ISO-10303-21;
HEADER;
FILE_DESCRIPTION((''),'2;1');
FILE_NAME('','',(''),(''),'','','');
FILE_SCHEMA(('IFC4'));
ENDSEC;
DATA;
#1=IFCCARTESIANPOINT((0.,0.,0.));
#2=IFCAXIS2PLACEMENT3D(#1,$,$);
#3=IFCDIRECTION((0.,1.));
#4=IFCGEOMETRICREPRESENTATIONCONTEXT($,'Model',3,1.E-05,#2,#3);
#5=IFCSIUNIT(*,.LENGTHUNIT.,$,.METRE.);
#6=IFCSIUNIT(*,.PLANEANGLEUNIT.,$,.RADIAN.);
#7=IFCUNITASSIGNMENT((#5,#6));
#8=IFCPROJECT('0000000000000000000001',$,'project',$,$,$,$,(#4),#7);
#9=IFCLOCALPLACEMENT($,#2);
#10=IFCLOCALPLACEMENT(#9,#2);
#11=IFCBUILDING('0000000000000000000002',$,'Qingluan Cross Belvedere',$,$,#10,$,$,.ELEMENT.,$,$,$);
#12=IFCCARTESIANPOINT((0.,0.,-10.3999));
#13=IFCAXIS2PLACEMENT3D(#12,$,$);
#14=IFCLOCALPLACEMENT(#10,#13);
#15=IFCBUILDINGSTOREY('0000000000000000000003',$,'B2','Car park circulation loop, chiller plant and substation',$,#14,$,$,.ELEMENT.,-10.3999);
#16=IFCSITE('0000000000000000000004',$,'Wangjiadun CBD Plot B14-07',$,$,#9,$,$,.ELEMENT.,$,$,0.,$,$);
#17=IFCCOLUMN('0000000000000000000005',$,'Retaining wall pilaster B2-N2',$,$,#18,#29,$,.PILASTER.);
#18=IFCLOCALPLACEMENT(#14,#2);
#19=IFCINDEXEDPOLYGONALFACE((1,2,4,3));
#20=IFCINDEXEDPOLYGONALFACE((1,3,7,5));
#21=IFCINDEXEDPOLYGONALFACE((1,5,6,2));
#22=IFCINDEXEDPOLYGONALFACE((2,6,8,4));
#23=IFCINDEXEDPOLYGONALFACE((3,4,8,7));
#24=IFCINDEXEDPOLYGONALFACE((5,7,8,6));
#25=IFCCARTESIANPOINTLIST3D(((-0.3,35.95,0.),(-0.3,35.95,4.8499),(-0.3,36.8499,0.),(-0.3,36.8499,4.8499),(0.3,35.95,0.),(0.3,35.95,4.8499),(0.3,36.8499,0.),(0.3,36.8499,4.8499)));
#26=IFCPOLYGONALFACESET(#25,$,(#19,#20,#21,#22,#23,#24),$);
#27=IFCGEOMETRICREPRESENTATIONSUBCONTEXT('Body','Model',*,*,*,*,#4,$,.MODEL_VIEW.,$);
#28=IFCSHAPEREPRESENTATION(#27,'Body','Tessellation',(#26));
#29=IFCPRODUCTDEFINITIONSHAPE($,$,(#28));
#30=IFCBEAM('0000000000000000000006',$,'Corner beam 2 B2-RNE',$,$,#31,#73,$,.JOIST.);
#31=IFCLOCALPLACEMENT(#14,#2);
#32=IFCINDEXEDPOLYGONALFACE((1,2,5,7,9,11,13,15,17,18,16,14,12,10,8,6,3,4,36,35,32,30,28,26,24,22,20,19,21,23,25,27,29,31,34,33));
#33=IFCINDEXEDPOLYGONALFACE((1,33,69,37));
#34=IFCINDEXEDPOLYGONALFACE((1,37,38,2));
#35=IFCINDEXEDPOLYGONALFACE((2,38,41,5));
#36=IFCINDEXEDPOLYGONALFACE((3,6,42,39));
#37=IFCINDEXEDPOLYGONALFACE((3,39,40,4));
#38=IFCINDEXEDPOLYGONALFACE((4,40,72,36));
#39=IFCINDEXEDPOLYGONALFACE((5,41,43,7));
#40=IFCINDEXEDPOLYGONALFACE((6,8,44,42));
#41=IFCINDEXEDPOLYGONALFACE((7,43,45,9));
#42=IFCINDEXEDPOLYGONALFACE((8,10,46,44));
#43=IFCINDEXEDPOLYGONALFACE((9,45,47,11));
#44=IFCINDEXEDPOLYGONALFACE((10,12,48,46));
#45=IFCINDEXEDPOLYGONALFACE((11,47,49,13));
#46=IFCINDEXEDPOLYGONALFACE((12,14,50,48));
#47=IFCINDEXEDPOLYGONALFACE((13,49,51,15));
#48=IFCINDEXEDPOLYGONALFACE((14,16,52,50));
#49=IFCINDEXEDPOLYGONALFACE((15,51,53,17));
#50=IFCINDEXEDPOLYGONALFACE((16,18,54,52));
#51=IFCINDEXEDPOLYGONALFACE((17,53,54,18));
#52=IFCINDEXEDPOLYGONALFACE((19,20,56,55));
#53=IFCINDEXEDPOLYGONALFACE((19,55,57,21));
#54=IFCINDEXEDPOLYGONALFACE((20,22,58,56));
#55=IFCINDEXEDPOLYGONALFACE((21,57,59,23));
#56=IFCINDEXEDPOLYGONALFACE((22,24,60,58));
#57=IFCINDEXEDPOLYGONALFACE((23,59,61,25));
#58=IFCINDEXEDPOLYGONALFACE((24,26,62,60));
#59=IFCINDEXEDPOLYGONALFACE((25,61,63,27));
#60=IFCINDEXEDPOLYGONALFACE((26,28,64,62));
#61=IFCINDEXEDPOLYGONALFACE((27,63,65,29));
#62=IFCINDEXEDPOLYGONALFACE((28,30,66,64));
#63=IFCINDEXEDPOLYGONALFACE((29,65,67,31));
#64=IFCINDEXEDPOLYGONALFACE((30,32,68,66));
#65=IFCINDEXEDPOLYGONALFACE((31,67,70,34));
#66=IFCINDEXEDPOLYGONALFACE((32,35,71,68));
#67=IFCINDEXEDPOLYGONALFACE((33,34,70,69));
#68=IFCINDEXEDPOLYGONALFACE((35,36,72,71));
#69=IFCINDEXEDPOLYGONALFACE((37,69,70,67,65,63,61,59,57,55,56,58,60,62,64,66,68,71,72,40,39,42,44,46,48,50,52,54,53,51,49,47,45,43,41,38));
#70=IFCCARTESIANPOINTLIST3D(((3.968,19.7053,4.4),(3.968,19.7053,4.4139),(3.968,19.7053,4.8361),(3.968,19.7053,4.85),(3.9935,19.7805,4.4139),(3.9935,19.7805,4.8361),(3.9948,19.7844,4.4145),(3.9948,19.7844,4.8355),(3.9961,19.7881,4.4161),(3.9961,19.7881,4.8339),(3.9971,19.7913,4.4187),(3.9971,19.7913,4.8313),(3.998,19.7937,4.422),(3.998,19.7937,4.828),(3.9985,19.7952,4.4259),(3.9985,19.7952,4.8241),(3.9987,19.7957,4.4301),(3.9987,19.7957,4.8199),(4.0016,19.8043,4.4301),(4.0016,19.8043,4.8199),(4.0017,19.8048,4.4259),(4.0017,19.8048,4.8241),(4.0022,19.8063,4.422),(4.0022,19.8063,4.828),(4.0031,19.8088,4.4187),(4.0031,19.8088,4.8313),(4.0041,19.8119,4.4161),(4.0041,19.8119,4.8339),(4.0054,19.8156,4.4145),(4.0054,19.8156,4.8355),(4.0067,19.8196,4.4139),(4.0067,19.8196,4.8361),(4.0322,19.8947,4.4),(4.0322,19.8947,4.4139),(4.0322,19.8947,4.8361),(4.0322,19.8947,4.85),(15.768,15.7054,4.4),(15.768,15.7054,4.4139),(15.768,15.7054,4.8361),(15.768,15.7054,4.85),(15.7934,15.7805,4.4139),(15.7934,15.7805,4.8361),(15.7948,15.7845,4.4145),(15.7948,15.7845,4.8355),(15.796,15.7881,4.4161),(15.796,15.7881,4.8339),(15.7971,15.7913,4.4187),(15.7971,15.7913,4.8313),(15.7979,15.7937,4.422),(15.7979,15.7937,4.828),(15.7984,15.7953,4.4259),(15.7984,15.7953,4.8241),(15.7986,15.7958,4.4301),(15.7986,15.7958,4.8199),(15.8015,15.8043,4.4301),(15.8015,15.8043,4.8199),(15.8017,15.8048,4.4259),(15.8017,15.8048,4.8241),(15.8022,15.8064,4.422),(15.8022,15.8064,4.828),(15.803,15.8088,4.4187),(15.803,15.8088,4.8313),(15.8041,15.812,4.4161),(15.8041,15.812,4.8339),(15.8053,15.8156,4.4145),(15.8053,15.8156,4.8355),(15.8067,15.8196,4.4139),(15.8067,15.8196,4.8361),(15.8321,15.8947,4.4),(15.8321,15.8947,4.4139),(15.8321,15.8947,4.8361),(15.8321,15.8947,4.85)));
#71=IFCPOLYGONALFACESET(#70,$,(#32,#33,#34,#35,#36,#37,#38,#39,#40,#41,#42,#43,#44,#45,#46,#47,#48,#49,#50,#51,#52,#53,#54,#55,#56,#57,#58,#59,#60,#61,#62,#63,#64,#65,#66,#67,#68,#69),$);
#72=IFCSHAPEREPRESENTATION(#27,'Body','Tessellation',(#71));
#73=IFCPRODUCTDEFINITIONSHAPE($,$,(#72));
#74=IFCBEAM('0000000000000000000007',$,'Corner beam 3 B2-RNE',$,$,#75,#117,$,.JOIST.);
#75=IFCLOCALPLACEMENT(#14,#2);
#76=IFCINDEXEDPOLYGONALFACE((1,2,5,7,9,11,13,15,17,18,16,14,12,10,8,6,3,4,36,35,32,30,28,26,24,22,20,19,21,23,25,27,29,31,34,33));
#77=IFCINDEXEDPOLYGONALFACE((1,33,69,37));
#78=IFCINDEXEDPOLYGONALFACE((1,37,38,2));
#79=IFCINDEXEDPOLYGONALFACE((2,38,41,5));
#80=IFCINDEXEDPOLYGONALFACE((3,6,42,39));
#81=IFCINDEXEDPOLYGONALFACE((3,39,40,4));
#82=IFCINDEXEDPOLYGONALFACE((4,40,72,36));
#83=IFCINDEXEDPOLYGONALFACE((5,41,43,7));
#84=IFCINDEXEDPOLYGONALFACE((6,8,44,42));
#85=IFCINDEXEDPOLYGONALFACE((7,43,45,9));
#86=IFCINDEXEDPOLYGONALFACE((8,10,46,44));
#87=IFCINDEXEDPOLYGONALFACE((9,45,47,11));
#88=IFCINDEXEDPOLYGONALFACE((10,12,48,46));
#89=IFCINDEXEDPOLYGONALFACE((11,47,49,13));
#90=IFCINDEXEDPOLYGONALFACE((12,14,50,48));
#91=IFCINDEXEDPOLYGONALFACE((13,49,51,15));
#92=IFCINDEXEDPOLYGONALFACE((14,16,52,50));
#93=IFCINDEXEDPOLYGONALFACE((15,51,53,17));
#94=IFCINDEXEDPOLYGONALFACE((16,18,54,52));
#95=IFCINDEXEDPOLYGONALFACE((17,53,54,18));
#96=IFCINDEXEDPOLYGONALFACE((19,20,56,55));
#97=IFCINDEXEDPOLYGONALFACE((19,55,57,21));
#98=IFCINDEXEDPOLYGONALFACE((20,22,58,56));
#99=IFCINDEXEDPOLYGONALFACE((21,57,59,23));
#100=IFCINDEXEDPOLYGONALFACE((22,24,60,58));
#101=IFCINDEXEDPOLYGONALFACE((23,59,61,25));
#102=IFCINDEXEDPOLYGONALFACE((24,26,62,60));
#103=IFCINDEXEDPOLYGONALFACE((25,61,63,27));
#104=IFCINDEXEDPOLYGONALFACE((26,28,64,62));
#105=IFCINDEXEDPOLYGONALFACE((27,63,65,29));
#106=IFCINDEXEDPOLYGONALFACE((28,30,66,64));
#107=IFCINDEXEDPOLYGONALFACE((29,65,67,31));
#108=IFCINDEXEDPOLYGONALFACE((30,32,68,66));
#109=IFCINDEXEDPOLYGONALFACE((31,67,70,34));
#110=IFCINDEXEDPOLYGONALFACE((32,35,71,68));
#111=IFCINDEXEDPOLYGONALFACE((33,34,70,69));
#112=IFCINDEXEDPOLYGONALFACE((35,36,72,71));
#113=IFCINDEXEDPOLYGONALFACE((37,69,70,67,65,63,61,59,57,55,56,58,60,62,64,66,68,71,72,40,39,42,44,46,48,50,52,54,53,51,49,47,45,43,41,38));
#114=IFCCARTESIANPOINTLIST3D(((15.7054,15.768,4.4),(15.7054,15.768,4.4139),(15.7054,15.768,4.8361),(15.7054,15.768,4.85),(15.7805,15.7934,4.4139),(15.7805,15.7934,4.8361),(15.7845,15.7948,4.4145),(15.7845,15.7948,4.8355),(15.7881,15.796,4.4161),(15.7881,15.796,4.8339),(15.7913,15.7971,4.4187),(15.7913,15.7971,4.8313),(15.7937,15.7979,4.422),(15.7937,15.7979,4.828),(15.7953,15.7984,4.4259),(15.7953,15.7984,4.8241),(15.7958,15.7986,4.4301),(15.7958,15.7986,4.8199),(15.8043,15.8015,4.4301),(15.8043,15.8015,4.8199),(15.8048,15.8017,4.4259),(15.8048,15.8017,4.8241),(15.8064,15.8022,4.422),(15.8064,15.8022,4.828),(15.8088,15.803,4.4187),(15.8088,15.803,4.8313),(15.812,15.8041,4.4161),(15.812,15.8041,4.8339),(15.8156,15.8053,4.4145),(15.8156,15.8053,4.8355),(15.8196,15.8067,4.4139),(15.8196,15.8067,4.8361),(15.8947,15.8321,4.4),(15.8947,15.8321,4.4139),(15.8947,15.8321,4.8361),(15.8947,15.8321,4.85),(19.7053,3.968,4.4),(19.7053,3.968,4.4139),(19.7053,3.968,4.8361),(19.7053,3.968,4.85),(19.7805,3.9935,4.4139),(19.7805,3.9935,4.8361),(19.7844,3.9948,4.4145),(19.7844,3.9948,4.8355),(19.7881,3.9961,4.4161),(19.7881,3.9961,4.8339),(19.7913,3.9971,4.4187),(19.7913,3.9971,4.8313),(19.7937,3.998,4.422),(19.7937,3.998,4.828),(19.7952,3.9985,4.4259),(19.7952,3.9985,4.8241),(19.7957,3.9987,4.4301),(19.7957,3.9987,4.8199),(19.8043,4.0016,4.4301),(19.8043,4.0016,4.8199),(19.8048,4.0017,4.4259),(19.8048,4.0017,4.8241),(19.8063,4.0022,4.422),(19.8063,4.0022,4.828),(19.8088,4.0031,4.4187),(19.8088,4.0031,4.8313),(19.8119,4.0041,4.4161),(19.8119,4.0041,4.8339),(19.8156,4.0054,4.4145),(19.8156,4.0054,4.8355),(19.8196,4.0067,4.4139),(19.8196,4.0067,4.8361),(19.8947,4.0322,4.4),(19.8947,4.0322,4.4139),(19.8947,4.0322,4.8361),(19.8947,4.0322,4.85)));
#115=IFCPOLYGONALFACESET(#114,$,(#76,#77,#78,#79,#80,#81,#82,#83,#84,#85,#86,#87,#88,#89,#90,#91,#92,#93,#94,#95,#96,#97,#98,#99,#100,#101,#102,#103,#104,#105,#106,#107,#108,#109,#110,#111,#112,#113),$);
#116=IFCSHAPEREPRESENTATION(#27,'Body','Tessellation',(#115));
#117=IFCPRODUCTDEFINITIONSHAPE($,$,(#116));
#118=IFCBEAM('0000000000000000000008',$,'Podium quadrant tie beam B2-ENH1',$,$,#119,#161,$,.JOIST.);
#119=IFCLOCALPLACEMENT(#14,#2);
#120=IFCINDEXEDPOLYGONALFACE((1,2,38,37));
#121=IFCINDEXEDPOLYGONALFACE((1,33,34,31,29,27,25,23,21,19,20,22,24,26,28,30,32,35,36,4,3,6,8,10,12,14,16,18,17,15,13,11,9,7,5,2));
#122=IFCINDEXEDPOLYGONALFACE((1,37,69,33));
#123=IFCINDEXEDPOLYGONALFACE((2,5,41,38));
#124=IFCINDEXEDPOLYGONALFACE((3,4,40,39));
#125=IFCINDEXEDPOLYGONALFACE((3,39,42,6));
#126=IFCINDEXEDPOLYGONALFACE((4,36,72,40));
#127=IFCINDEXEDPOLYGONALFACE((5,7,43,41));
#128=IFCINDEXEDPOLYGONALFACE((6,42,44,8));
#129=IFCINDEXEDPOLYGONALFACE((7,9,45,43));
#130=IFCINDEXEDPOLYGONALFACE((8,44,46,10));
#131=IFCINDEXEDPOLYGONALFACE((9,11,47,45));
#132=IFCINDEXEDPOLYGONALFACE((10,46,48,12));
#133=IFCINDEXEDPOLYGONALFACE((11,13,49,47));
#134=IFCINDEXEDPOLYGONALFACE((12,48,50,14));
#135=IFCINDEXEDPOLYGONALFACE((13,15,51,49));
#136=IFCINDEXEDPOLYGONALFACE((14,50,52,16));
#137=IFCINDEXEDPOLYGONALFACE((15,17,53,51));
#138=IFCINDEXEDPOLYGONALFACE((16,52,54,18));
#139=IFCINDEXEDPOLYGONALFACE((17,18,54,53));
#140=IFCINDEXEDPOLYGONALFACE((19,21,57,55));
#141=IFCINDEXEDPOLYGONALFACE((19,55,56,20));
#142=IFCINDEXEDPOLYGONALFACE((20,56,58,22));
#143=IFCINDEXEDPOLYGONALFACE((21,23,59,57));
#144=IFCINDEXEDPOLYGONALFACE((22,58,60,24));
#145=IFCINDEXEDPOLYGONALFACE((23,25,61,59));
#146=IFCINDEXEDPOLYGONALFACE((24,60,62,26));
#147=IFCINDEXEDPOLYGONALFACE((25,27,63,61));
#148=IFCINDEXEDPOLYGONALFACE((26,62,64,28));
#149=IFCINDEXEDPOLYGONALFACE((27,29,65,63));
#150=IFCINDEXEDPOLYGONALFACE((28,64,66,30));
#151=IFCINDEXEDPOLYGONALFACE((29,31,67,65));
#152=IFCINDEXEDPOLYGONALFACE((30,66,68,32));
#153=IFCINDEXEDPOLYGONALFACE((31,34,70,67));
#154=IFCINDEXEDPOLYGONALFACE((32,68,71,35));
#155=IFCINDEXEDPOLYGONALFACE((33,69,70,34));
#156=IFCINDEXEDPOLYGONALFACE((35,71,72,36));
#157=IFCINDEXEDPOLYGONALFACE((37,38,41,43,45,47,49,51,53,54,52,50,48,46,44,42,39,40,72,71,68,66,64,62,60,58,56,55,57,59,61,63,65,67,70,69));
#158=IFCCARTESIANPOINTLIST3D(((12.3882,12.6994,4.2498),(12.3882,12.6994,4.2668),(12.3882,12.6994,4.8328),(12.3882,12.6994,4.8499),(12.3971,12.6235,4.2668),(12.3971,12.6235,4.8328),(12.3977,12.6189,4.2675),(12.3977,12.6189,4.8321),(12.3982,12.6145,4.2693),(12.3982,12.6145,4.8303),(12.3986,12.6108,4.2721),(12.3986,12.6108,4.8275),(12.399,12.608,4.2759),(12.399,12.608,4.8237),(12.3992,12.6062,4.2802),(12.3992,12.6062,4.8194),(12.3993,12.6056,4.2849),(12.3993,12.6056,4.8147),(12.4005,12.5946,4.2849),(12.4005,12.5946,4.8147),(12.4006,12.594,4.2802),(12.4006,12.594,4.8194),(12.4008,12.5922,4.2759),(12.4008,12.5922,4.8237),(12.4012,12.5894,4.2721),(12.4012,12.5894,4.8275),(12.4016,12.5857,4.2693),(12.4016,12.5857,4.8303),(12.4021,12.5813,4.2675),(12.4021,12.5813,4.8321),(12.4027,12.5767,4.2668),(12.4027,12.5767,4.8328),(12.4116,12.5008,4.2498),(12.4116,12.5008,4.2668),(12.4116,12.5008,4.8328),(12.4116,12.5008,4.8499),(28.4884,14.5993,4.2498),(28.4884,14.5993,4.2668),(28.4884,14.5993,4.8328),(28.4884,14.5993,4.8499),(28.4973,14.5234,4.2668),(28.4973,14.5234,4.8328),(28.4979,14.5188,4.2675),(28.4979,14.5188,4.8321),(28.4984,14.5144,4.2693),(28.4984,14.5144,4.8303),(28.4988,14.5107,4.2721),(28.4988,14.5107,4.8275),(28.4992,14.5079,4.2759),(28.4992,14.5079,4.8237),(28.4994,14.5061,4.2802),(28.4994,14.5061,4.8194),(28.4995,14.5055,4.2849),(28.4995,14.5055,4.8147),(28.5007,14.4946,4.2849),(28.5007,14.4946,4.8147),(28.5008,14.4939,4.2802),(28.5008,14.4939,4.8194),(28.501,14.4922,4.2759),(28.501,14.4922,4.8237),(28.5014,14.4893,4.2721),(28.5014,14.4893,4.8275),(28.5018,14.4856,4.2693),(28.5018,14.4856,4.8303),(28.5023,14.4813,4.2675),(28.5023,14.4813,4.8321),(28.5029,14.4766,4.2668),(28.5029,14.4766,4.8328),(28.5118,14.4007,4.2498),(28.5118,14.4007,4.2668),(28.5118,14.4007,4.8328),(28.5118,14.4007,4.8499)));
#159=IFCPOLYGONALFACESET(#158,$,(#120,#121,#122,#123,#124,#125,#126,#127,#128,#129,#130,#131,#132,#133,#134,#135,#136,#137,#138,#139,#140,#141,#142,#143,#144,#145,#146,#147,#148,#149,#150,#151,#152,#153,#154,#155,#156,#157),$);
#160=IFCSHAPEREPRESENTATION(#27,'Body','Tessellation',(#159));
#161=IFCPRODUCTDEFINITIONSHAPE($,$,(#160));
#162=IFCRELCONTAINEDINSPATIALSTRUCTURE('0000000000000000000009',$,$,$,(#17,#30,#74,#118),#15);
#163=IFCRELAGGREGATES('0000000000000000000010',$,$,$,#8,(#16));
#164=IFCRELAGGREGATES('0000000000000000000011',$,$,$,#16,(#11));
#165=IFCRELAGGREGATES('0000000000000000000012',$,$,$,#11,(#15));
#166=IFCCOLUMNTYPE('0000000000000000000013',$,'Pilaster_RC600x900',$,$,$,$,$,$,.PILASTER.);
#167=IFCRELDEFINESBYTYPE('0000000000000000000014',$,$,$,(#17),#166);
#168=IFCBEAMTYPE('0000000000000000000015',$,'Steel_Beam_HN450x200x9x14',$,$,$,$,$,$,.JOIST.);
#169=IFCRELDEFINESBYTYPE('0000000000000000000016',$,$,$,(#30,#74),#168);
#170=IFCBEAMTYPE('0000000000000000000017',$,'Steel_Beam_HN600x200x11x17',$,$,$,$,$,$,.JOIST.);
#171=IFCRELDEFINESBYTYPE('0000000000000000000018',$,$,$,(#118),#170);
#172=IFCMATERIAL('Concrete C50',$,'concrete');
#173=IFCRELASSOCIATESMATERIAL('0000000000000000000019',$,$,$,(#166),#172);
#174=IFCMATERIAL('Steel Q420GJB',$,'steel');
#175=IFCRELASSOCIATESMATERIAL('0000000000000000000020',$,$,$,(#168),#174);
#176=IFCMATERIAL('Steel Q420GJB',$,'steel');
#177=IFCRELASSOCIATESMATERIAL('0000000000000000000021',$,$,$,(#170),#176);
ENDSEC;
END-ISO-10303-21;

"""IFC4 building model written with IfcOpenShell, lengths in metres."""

from ifc_helpers import new_model, si_unit, direction, frame, origin, origin_2d, place, context, subcontext, project, spatial, rectangle, i_section, extrude, material, material_profile, profile_set, type_object, element, save


model = new_model("IFC4")

# Units and contexts
model_context = context("Model", 3, precision=1e-05, world=origin(), true_north=direction((0.0, 1.0)))
body_context = subcontext(model_context, "Body", "Model", "MODEL_VIEW")
ifc_project = project(units=[si_unit("LENGTHUNIT", "METRE"), si_unit("PLANEANGLEUNIT", "RADIAN")], contexts=[model_context])

# Site, building, storey
site_placement = place(None, origin())
site = spatial("IfcSite", under=ifc_project, at=site_placement, Name="Wangjiadun CBD Plot B14-07", CompositionType="ELEMENT", RefElevation=0.0)
building_placement = place(site_placement, origin())
building = spatial("IfcBuilding", under=site, at=building_placement, Name="Qingluan Cross Belvedere", CompositionType="ELEMENT")
storey_placement = place(building_placement, frame((0.0, 0.0, -10.3999)))
storey = spatial("IfcBuildingStorey", under=building, at=storey_placement, Name="B2", Description="Car park circulation loop, chiller plant and substation", CompositionType="ELEMENT", Elevation=-10.3999)

# Column
ifc_material_1 = material(Name="Concrete C50", Category="concrete")
ifc_material_profile_1 = material_profile(ifc_material_1, rectangle(XDim=0.6001, YDim=0.8999, at=origin_2d()), Name="RC600x900")
ifc_profile_set_1 = profile_set([ifc_material_profile_1], Name="Concrete C50")
column_type_1 = type_object("IfcColumnType", Name="Pilaster_RC600x900", PredefinedType="PILASTER", material=ifc_profile_set_1)
column_1_placement = place(storey_placement, frame((0.0, 36.3999, 0.0), z_axis=(0.0, 0.0, 1.0), x_axis=(1.0, 0.0, 0.0)))
element("IfcColumn", 1, at=column_1_placement, inside=storey, type_object=column_type_1, Name="Retaining wall pilaster B2-N2", PredefinedType="PILASTER", context=body_context, shape_type="SweptSolid", body=[
    extrude(rectangle(XDim=0.6001, YDim=0.8999, at=origin_2d()), origin(), (0.0, 0.0, 1.0), 4.8499),
])

# Beams
ifc_material_2 = material(Name="Steel Q420GJB", Category="steel")
ifc_material_profile_2 = material_profile(ifc_material_2, i_section(OverallWidth=0.2, OverallDepth=0.45, WebThickness=0.009, FlangeThickness=0.0139, FilletRadius=0.0161, at=origin_2d()), Name="HN450x200x9x14")
ifc_profile_set_2 = profile_set([ifc_material_profile_2], Name="Steel Q420GJB")
beam_type_1 = type_object("IfcBeamType", Name="Steel_Beam_HN450x200x9x14", PredefinedType="JOIST", material=ifc_profile_set_2)
for number, where, z_axis, x_axis, name in (
    (2, (15.8, 15.8, 4.625), (-0.947066, 0.321038, 0.0), (-0.321038, -0.947066, 0.0), "Corner beam 2 B2-RNE"),
    (3, (15.8, 15.8, 4.625), (0.321038, -0.947066, 0.0), (0.947066, 0.321038, 0.0), "Corner beam 3 B2-RNE"),
):
    element("IfcBeam", number, at=place(storey_placement, frame(where, z_axis=z_axis, x_axis=x_axis)), inside=storey, type_object=beam_type_1, Name=name, PredefinedType="JOIST", context=body_context, shape_type="SweptSolid", body=[
        extrude(i_section(OverallWidth=0.2, OverallDepth=0.45, WebThickness=0.009, FlangeThickness=0.0139, FilletRadius=0.0161, at=origin_2d()), origin(), (0.0, 0.0, 1.0), 12.4595),
    ])
ifc_material_3 = material(Name="Steel Q420GJB", Category="steel")
ifc_material_profile_3 = material_profile(ifc_material_3, i_section(OverallWidth=0.2, OverallDepth=0.6001, WebThickness=0.011, FlangeThickness=0.0171, FilletRadius=0.0181, at=origin_2d()), Name="HN600x200x11x17")
ifc_profile_set_3 = profile_set([ifc_material_profile_3], Name="Steel Q420GJB")
beam_type_2 = type_object("IfcBeamType", Name="Steel_Beam_HN600x200x11x17", PredefinedType="JOIST", material=ifc_profile_set_3)
beam_1_placement = place(storey_placement, frame((12.3999, 12.6001, 4.5498), z_axis=(0.993109, 0.117192, 0.0), x_axis=(-0.117192, 0.993109, 0.0)))
element("IfcBeam", 4, at=beam_1_placement, inside=storey, type_object=beam_type_2, Name="Podium quadrant tie beam B2-ENH1", PredefinedType="JOIST", context=body_context, shape_type="SweptSolid", body=[
    extrude(i_section(OverallWidth=0.2, OverallDepth=0.6001, WebThickness=0.011, FlangeThickness=0.0171, FilletRadius=0.0181, at=origin_2d()), origin(), (0.0, 0.0, 1.0), 16.2119),
])

save(model, "model.ifc")
